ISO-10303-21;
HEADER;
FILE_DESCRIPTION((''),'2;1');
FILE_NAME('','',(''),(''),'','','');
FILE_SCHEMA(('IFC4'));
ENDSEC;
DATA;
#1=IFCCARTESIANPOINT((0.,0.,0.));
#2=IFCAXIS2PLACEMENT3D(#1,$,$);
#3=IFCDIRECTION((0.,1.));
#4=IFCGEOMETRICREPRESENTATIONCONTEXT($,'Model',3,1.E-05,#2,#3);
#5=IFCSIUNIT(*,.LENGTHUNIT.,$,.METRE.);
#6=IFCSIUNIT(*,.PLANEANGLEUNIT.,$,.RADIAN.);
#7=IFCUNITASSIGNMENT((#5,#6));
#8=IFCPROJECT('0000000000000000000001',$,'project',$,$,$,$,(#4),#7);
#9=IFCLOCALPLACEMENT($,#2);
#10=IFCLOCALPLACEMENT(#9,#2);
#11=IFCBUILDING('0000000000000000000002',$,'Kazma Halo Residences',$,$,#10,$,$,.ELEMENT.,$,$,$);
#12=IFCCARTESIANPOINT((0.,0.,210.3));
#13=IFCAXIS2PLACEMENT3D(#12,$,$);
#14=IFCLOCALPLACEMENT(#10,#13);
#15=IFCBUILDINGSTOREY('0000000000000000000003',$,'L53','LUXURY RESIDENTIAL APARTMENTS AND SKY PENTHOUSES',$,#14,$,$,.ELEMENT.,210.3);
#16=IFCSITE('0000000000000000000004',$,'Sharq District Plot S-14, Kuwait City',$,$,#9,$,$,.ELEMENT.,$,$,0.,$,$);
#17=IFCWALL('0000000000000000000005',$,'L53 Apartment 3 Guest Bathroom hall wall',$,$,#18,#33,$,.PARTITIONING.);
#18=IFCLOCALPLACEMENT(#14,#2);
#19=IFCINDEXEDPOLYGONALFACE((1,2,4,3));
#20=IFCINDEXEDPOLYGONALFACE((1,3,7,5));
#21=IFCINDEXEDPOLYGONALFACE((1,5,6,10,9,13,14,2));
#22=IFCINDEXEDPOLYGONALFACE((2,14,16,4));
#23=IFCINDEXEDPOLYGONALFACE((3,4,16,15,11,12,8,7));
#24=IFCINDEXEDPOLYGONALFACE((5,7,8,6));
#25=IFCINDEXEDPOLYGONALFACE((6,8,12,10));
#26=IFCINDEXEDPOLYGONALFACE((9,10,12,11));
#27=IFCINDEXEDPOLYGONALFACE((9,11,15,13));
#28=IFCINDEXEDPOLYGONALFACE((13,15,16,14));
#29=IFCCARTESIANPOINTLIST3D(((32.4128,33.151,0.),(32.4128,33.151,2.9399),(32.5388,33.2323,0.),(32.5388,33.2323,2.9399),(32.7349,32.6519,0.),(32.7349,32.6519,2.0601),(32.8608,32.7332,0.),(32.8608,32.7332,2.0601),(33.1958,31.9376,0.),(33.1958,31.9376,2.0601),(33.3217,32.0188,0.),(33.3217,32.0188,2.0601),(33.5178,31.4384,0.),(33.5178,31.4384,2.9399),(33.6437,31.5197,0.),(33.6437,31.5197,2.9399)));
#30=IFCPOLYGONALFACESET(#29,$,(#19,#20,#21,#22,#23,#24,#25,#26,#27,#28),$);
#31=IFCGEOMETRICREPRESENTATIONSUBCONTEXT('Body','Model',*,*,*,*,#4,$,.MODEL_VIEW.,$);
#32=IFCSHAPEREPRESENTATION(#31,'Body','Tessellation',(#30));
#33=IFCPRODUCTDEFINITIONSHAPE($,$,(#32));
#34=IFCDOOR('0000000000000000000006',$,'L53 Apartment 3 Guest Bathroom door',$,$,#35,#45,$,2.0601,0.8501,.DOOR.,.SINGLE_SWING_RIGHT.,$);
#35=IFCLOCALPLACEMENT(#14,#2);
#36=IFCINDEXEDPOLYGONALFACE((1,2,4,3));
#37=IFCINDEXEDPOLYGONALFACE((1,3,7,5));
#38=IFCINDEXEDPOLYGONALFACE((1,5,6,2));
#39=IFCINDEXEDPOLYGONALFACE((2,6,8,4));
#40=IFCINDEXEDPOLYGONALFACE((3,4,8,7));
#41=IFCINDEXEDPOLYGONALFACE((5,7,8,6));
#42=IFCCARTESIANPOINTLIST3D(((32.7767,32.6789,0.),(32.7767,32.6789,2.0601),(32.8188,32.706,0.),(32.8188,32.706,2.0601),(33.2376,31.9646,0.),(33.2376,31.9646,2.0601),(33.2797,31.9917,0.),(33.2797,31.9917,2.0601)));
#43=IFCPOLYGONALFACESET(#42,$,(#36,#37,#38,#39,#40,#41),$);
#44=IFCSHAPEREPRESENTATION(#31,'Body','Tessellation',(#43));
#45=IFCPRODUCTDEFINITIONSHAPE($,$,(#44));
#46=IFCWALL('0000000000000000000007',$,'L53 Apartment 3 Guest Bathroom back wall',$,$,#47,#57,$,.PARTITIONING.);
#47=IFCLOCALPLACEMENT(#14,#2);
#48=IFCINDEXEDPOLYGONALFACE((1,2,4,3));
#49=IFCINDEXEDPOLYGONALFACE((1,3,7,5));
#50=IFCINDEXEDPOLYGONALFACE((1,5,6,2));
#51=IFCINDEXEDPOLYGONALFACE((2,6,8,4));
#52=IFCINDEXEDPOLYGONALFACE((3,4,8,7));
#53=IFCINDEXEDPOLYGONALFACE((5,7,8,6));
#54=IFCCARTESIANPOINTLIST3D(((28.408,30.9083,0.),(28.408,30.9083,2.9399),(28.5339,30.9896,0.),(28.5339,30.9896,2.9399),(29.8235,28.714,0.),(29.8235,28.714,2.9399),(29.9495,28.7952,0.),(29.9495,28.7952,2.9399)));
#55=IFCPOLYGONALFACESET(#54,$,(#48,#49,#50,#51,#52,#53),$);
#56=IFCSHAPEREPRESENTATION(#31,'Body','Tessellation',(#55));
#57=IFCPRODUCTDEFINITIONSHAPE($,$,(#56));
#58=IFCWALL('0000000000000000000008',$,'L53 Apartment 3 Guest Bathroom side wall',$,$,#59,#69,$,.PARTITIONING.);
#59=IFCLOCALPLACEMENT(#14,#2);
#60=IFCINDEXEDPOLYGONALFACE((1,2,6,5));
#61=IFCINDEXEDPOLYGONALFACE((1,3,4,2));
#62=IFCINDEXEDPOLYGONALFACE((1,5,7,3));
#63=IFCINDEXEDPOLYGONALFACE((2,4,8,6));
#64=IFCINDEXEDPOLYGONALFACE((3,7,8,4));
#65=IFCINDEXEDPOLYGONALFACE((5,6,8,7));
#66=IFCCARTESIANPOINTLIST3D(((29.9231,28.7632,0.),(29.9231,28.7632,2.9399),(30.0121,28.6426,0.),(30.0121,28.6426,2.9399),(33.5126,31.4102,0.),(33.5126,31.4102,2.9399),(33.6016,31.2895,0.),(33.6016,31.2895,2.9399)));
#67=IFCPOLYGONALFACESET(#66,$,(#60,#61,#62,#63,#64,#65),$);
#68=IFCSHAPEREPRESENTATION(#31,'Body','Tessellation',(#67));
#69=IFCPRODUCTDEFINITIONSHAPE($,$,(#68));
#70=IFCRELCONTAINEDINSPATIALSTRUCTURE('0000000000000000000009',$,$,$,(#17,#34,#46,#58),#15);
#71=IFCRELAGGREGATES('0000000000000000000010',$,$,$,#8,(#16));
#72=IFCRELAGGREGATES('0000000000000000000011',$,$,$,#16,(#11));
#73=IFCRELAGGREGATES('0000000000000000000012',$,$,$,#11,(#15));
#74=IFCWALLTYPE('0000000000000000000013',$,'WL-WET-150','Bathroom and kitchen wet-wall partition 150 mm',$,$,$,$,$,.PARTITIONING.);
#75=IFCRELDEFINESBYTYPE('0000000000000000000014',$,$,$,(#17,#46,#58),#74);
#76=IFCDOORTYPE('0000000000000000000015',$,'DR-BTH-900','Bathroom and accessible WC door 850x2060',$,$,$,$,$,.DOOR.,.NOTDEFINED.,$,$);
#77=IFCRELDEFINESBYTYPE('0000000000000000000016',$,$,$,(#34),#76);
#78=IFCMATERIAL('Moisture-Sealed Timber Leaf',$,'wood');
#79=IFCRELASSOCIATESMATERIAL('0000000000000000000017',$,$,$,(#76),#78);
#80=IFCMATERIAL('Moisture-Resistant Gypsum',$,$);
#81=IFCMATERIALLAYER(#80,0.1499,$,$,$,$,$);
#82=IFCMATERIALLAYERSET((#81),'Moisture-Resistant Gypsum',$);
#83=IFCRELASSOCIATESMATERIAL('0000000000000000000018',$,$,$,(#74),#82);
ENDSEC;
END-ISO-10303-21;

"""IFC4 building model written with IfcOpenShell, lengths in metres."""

from ifc_helpers import new_model, si_unit, direction, frame, frame_2d, origin, place, context, subcontext, project, spatial, rectangle, extrude, material, layer, layer_set, type_object, element, fill, save


model = new_model("IFC4")

# Units and contexts
model_context = context("Model", 3, precision=1e-05, world=origin(), true_north=direction((0.0, 1.0)))
body_context = subcontext(model_context, "Body", "Model", "MODEL_VIEW")
ifc_project = project(units=[si_unit("LENGTHUNIT", "METRE"), si_unit("PLANEANGLEUNIT", "RADIAN")], contexts=[model_context])

# Site, building, storey
site_placement = place(None, origin())
site = spatial("IfcSite", under=ifc_project, at=site_placement, Name="Sharq District Plot S-14, Kuwait City", CompositionType="ELEMENT", RefElevation=0.0)
building_placement = place(site_placement, origin())
building = spatial("IfcBuilding", under=site, at=building_placement, Name="Kazma Halo Residences", CompositionType="ELEMENT")
storey_placement = place(building_placement, frame((0.0, 0.0, 210.3)))
storey = spatial("IfcBuildingStorey", under=building, at=storey_placement, Name="L53", Description="LUXURY RESIDENTIAL APARTMENTS AND SKY PENTHOUSES", CompositionType="ELEMENT", Elevation=210.3)

# Wall, opening, door
ifc_material_1 = material(Name="Moisture-Sealed Timber Leaf", Category="wood")
door_type = type_object("IfcDoorType", Name="DR-BTH-900", Description="Bathroom and accessible WC door 850x2060", OperationType="NOTDEFINED", PredefinedType="DOOR", material=ifc_material_1)
ifc_material_2 = material(Name="Moisture-Resistant Gypsum")
ifc_layer_1 = layer(ifc_material_2, 0.1499)
ifc_layer_set_1 = layer_set([ifc_layer_1], Name="Moisture-Resistant Gypsum")
wall_type_1 = type_object("IfcWallType", Name="WL-WET-150", Description="Bathroom and kitchen wet-wall partition 150 mm", PredefinedType="PARTITIONING", material=ifc_layer_set_1)
wall_1_placement = place(storey_placement, frame((32.4758, 33.1917, 0.0), z_axis=(0.0, 0.0, 1.0), x_axis=(0.542143, -0.840286, 0.0)))
wall_1 = element("IfcWall", 1, at=wall_1_placement, inside=storey, type_object=wall_type_1, Name="L53 Apartment 3 Guest Bathroom hall wall", PredefinedType="PARTITIONING", context=body_context, shape_type="SweptSolid", body=[
    extrude(rectangle(XDim=2.0381, YDim=0.1499, at=frame_2d((1.019, 0.0))), origin(), (0.0, 0.0, 1.0), 2.9399),
])
opening_1_placement = place(wall_1_placement, frame((0.594, 0.0, 0.0)))
opening_1 = element("IfcOpeningElement", 2, at=opening_1_placement, cuts=wall_1, PredefinedType="OPENING", context=body_context, shape_type="SweptSolid", body=[
    extrude(rectangle(XDim=0.8501, YDim=2.0601, at=frame_2d((0.425, 1.03))), frame((0.0, 0.085, 0.0), z_axis=(0.0, -1.0, 0.0), x_axis=(1.0, 0.0, 0.0)), (0.0, 0.0, 1.0), 0.1699),
])
door_1_placement = place(opening_1_placement, origin())
door_1 = element("IfcDoor", 3, at=door_1_placement, inside=storey, type_object=door_type, Name="L53 Apartment 3 Guest Bathroom door", OperationType="SINGLE_SWING_RIGHT", OverallHeight=2.0601, OverallWidth=0.8501, PredefinedType="DOOR", context=body_context, shape_type="SweptSolid", body=[
    extrude(rectangle(XDim=0.8501, YDim=2.0601, at=frame_2d((0.425, 1.03))), frame((0.0, 0.0249, 0.0), z_axis=(0.0, -1.0, 0.0), x_axis=(1.0, 0.0, 0.0)), (0.0, 0.0, 1.0), 0.05),
])
fill(opening_1, door_1)

# Walls
wall_2_placement = place(storey_placement, frame((28.4709, 30.949, 0.0), z_axis=(0.0, 0.0, 1.0), x_axis=(0.54208, -0.840327, 0.0)))
element("IfcWall", 4, at=wall_2_placement, inside=storey, type_object=wall_type_1, Name="L53 Apartment 3 Guest Bathroom back wall", PredefinedType="PARTITIONING", context=body_context, shape_type="SweptSolid", body=[
    extrude(rectangle(XDim=2.6113, YDim=0.1499, at=frame_2d((1.3057, 0.0))), origin(), (0.0, 0.0, 1.0), 2.9399),
])
wall_3_placement = place(storey_placement, frame((33.5571, 31.3499, 0.0), z_axis=(0.0, 0.0, 1.0), x_axis=(-0.804841, -0.59349, 0.0)))
element("IfcWall", 5, at=wall_3_placement, inside=storey, type_object=wall_type_1, Name="L53 Apartment 3 Guest Bathroom side wall", PredefinedType="PARTITIONING", context=body_context, shape_type="SweptSolid", body=[
    extrude(rectangle(XDim=4.46, YDim=0.1499, at=frame_2d((2.23, 0.0))), origin(), (0.0, 0.0, 1.0), 2.9399),
])

save(model, "model.ifc")
